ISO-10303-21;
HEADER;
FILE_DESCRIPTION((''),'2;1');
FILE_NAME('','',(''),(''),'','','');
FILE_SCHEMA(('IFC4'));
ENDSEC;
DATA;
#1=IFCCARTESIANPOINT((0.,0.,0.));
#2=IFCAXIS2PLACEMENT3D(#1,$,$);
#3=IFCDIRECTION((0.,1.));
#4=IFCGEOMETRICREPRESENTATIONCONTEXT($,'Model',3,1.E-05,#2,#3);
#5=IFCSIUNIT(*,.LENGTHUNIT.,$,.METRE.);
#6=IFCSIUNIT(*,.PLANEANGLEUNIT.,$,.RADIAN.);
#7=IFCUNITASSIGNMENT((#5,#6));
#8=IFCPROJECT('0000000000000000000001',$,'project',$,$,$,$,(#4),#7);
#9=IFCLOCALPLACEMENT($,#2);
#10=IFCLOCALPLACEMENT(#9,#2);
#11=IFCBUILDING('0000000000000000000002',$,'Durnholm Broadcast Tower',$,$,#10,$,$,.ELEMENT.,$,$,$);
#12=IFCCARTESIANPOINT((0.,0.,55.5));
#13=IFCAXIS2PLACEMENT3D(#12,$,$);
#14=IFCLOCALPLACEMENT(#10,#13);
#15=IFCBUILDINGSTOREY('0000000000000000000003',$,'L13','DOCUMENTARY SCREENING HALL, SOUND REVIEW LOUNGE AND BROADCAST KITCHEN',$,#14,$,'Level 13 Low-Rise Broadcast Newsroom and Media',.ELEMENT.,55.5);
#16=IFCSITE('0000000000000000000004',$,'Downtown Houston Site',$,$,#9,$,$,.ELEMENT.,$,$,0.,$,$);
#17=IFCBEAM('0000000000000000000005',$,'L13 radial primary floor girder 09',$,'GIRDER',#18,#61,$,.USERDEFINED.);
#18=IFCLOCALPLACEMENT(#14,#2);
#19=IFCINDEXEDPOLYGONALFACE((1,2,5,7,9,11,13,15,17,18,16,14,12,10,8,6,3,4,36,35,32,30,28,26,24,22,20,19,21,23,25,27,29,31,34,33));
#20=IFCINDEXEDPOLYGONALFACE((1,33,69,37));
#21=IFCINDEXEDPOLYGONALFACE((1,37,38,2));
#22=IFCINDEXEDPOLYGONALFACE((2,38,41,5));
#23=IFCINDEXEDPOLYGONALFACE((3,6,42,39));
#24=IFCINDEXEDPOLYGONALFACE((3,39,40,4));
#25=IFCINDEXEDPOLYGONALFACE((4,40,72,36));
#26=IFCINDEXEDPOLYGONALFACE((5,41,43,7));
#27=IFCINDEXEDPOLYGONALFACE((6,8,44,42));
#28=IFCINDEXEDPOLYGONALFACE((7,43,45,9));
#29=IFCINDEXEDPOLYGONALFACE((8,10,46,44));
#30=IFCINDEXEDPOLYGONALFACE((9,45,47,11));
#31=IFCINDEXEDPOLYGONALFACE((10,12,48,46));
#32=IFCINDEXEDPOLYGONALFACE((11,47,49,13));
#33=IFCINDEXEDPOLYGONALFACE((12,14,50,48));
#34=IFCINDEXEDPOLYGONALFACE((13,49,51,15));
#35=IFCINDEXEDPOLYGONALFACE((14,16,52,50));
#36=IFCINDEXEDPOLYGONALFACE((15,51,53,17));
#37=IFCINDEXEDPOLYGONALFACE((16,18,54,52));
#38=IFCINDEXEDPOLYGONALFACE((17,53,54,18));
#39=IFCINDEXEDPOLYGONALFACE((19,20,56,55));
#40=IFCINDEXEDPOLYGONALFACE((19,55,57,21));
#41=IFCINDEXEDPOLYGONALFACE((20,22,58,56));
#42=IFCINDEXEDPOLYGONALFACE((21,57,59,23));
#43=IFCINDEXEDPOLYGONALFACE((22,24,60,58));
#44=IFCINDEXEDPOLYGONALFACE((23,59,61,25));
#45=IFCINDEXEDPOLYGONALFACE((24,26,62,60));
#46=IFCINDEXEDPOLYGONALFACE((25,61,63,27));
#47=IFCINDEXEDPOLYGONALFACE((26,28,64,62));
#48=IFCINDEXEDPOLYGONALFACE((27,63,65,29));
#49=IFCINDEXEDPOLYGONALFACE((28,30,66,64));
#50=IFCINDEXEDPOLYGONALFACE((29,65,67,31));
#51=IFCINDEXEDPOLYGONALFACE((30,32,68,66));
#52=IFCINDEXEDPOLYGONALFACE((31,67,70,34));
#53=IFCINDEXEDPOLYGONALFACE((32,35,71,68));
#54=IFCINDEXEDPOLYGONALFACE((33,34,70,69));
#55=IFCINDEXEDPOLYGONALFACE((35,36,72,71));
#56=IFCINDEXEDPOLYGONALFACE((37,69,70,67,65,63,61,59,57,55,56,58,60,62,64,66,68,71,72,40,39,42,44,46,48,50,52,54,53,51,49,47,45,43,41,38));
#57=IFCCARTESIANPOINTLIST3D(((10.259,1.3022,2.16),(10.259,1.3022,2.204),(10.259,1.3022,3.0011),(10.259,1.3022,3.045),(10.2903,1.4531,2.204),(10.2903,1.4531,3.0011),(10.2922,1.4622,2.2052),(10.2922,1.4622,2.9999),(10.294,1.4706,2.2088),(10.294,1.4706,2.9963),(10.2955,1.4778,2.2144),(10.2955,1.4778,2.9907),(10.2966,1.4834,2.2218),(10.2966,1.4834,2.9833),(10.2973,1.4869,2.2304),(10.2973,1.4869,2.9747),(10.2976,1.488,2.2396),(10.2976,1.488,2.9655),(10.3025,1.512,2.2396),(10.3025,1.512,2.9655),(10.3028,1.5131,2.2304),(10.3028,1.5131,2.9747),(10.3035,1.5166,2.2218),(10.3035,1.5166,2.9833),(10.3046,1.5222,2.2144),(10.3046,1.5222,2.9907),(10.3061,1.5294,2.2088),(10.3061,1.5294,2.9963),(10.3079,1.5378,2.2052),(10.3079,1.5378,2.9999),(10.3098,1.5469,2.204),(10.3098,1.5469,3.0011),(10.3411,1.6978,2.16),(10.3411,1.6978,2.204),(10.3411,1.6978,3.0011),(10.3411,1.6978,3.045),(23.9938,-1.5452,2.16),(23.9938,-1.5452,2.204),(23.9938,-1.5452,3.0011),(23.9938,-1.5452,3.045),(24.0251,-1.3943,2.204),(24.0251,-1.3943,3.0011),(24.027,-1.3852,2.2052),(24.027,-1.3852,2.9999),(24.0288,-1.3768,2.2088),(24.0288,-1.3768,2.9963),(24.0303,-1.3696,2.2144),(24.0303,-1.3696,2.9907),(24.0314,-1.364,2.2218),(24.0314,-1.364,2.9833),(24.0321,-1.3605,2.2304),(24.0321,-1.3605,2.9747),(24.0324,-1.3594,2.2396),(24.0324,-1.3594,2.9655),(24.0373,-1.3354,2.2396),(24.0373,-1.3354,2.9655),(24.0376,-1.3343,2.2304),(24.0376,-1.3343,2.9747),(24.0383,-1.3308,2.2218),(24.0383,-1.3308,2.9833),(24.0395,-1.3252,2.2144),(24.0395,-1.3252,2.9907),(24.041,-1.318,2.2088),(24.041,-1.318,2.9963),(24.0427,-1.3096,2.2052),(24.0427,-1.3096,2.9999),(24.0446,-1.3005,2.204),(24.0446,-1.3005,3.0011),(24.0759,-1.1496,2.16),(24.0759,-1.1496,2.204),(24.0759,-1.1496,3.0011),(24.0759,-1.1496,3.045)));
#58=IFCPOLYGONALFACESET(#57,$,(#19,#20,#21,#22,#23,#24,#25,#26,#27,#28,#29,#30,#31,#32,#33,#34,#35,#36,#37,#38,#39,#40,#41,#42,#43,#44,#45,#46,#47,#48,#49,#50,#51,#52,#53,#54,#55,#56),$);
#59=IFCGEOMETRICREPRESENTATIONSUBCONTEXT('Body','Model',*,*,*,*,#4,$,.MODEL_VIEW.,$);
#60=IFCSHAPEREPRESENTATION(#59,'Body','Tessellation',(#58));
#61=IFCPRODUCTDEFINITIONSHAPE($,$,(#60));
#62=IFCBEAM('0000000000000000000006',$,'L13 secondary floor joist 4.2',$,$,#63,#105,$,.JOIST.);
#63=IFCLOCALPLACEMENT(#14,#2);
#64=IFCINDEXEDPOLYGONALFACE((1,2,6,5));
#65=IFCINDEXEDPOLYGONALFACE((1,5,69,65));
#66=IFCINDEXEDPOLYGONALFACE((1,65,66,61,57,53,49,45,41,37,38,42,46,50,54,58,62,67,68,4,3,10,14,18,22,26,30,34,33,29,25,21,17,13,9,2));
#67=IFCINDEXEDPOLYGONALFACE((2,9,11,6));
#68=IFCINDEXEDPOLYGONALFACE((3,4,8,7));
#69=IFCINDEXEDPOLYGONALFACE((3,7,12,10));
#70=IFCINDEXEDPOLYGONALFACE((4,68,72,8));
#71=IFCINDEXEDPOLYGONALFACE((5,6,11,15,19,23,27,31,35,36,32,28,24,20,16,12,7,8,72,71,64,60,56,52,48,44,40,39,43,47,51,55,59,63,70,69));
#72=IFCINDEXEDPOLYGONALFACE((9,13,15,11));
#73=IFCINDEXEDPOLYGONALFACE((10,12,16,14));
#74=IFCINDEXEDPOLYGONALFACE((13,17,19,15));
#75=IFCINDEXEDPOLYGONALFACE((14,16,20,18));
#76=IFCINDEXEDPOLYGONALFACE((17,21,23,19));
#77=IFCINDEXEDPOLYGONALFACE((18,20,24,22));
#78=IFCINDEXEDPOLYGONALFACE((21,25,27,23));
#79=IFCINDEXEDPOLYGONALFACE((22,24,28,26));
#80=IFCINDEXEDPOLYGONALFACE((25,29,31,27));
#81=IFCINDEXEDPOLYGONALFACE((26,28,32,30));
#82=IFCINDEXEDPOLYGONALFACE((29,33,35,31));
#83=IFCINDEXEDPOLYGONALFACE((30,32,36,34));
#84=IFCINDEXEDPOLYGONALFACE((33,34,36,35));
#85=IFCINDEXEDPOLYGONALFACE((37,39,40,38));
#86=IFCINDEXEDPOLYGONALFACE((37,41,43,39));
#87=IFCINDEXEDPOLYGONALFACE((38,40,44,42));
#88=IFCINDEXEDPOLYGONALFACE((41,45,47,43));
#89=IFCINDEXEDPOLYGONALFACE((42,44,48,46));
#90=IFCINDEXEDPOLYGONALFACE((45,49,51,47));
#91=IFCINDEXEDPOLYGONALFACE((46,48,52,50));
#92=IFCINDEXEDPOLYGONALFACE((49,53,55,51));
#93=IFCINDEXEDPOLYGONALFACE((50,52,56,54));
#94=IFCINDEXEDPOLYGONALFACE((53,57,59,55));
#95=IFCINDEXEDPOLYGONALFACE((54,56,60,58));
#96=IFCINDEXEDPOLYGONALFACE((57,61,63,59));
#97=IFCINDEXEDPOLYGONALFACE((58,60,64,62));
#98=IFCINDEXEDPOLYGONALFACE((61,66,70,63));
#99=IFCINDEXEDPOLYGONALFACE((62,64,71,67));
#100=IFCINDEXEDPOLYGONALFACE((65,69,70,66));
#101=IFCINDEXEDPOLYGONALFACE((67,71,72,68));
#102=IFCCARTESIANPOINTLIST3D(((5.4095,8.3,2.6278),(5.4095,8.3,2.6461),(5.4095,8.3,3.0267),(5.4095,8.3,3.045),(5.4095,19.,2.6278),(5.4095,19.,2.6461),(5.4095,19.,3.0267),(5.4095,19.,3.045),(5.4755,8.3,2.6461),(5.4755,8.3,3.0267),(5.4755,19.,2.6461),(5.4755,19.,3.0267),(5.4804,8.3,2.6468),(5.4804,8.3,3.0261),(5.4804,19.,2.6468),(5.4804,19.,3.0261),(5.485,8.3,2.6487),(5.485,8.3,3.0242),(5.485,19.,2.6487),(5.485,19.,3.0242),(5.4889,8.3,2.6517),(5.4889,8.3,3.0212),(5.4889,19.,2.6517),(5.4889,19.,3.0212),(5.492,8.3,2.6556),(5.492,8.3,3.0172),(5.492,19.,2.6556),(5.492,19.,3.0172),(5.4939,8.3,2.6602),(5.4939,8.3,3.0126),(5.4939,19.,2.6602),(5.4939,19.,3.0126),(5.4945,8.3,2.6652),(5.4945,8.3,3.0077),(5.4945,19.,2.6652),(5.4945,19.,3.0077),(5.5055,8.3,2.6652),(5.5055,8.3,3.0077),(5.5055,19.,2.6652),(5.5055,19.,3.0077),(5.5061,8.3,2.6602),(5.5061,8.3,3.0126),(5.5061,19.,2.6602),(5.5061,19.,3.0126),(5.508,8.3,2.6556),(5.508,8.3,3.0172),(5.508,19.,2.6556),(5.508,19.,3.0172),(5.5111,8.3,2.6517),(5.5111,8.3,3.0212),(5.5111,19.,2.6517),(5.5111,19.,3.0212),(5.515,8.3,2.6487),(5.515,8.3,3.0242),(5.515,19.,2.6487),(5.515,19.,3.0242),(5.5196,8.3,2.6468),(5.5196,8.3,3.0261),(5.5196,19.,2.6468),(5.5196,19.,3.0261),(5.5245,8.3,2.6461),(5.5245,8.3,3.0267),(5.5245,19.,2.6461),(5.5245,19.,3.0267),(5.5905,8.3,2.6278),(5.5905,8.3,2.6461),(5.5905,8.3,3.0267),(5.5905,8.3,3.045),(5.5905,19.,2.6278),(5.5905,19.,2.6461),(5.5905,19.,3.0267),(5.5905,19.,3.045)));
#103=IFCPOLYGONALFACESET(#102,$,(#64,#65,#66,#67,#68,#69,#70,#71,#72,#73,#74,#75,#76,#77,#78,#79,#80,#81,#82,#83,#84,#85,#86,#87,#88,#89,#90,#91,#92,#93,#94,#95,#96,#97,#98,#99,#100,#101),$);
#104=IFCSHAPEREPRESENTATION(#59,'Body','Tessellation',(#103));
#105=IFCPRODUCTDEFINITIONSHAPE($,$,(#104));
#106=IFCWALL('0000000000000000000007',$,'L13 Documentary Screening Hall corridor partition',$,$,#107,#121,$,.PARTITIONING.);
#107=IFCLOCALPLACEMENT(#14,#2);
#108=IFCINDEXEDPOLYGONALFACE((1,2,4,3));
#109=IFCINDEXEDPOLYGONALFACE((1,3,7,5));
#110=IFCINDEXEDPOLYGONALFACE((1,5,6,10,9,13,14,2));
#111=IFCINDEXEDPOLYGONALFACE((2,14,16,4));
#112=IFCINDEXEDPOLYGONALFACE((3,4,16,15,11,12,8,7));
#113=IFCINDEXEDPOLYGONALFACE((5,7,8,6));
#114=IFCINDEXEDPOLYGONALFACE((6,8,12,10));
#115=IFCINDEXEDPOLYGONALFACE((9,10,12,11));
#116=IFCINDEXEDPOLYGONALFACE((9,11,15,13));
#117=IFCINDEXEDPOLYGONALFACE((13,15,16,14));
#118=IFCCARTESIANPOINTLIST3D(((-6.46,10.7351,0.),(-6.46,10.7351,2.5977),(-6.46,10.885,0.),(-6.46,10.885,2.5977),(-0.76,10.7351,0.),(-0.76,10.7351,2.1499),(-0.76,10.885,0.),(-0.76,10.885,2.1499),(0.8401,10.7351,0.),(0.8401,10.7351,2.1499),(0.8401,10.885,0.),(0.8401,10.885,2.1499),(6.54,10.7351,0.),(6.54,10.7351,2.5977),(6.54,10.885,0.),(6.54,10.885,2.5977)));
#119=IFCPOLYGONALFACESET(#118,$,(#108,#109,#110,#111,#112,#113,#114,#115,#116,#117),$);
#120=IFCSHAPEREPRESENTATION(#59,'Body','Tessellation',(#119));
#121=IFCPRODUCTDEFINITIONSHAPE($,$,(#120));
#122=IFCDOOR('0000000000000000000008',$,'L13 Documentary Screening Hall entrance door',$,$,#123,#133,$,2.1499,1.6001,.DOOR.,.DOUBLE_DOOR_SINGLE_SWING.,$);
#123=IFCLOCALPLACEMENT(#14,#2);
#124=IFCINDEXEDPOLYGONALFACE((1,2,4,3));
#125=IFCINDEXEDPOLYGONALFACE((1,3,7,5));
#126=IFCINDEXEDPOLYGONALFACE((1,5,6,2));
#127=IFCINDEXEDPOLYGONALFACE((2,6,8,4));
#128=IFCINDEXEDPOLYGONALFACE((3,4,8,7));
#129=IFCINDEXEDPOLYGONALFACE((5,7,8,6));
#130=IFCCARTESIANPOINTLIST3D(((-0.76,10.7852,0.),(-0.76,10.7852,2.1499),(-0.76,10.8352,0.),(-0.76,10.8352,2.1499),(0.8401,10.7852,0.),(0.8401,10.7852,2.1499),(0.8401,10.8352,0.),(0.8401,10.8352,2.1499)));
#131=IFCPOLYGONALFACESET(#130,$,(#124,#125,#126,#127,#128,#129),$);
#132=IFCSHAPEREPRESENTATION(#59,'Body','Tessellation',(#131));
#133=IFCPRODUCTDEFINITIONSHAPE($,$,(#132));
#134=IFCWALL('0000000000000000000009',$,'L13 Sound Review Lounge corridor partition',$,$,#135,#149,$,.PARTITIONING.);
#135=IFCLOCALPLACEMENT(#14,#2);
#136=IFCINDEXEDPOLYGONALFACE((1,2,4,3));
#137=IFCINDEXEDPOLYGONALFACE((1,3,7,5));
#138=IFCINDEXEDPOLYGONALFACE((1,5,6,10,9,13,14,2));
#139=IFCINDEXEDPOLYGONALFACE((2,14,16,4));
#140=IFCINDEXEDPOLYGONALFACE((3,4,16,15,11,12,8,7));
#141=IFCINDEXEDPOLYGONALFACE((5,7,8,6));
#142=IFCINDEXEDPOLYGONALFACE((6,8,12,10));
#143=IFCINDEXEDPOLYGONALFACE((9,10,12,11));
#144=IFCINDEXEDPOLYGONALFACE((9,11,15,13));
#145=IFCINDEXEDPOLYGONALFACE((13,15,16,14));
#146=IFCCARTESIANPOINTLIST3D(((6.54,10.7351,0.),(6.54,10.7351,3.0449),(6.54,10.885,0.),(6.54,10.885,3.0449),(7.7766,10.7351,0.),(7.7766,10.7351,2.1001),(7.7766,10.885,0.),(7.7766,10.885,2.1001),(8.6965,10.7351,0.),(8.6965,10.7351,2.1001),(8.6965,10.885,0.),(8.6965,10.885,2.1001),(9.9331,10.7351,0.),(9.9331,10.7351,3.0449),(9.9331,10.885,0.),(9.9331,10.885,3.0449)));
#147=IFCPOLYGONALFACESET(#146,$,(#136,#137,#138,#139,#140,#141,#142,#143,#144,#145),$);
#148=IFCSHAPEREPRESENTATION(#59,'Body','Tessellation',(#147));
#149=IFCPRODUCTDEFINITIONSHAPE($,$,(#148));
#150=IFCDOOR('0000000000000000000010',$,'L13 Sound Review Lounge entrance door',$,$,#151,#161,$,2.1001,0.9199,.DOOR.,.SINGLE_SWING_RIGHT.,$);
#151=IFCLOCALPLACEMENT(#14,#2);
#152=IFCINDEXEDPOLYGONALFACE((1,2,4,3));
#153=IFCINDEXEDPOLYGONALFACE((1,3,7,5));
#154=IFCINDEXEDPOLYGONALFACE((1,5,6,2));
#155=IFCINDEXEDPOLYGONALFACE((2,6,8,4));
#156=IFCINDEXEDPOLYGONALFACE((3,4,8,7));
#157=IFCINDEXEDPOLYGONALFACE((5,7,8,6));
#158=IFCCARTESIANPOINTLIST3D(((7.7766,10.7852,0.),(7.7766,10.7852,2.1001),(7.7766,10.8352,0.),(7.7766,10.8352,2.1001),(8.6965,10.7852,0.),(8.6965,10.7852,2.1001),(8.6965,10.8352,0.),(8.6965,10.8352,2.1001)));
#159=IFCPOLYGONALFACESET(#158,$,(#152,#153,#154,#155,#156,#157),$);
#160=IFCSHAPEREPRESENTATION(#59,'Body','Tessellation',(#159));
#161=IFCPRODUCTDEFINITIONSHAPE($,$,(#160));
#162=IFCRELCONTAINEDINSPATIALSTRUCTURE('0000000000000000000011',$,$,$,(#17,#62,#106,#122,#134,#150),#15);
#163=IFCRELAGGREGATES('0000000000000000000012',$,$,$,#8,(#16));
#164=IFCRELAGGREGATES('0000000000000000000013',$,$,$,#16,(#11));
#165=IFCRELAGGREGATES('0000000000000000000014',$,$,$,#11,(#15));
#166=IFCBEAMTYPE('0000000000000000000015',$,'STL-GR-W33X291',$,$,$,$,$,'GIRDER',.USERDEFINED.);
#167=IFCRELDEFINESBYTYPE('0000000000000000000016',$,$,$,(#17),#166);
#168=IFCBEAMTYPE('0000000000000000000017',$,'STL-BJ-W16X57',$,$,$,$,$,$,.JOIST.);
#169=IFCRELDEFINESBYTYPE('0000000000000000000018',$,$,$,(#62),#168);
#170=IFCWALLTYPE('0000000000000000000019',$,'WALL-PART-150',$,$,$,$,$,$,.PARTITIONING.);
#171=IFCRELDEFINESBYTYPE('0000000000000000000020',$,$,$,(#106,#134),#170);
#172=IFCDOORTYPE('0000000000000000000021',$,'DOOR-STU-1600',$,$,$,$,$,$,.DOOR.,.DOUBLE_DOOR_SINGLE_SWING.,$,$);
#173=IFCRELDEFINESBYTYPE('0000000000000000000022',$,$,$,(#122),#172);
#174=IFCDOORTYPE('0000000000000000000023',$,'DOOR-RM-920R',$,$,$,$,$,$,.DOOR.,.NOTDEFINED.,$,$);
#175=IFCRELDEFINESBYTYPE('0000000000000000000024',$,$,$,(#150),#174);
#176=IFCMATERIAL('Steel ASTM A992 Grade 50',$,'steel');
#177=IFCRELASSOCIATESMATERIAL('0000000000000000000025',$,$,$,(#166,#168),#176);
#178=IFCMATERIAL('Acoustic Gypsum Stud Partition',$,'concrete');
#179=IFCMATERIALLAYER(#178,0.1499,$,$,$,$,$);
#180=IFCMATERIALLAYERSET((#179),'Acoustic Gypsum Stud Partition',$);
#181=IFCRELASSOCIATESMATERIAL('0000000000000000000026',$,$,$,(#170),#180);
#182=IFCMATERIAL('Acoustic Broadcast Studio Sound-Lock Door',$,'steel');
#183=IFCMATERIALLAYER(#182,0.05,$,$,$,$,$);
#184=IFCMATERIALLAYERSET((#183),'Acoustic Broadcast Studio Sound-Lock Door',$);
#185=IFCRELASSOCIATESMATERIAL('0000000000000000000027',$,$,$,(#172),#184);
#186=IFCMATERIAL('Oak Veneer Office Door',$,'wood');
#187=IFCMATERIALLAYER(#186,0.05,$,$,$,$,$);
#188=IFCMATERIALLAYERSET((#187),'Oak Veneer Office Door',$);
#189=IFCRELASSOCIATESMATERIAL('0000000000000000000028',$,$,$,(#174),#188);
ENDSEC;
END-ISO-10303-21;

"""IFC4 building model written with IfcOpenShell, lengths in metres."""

from ifc_helpers import new_model, si_unit, direction, frame, frame_2d, origin, origin_2d, place, context, subcontext, project, spatial, rectangle, i_section, extrude, source, transform, mapped, material, layer, layer_set, material_profile, profile_set, type_object, type_shapes, element, fill, save


model = new_model("IFC4")

# Units and contexts
model_context = context("Model", 3, precision=1e-05, world=origin(), true_north=direction((0.0, 1.0)))
body_context = subcontext(model_context, "Body", "Model", "MODEL_VIEW")
ifc_project = project(units=[si_unit("LENGTHUNIT", "METRE"), si_unit("PLANEANGLEUNIT", "RADIAN")], contexts=[model_context])

# Site, building, storey
site_placement = place(None, origin())
site = spatial("IfcSite", under=ifc_project, at=site_placement, Name="Downtown Houston Site", CompositionType="ELEMENT", RefElevation=0.0)
building_placement = place(site_placement, origin())
building = spatial("IfcBuilding", under=site, at=building_placement, Name="Durnholm Broadcast Tower", CompositionType="ELEMENT")
storey_placement = place(building_placement, frame((0.0, 0.0, 55.5)))
storey = spatial("IfcBuildingStorey", under=building, at=storey_placement, Name="L13", Description="DOCUMENTARY SCREENING HALL, SOUND REVIEW LOUNGE AND BROADCAST KITCHEN", LongName="Level 13 Low-Rise Broadcast Newsroom and Media", CompositionType="ELEMENT", Elevation=55.5)

# Beams
ifc_material_1 = material(Name="Steel ASTM A992 Grade 50", Category="steel")
ifc_material_profile_1 = material_profile(ifc_material_1, i_section(OverallWidth=0.4041, OverallDepth=0.885, WebThickness=0.0244, FlangeThickness=0.0439, FilletRadius=0.0356, at=origin_2d()), Name="W33X291")
ifc_profile_set_1 = profile_set([ifc_material_profile_1], Name="Steel ASTM A992 Grade 50")
beam_type_1 = type_object("IfcBeamType", Name="STL-GR-W33X291", ElementType="GIRDER", PredefinedType="USERDEFINED", material=ifc_profile_set_1)
shared_shape_1 = source(origin(), body_context, "Body", "SweptSolid", [
    extrude(i_section(OverallWidth=0.4041, OverallDepth=0.885, WebThickness=0.0244, FlangeThickness=0.0439, FilletRadius=0.0356, at=origin_2d()), origin(), (0.0, 0.0, 1.0), 14.0269),
])
beam_1_placement = place(storey_placement, frame((10.3, 1.5, 2.6025), z_axis=(0.979179, -0.202996, 0.0), x_axis=(0.202996, 0.979179, 0.0)))
element("IfcBeam", 1, at=beam_1_placement, inside=storey, type_object=beam_type_1, Name="L13 radial primary floor girder 09", ObjectType="GIRDER", PredefinedType="USERDEFINED", context=body_context, shape_type="MappedRepresentation", body=[
    mapped(shared_shape_1, transform((0.0, 0.0, 0.0), x_axis=(1.0, 0.0, 0.0), y_axis=(0.0, 1.0, 0.0), z_axis=(0.0, 0.0, 1.0), scale=1.0)),
])
ifc_material_profile_2 = material_profile(ifc_material_1, i_section(OverallWidth=0.1809, OverallDepth=0.4172, WebThickness=0.011, FlangeThickness=0.0183, FilletRadius=0.019, at=origin_2d()), Name="W16X57")
ifc_profile_set_2 = profile_set([ifc_material_profile_2], Name="Steel ASTM A992 Grade 50")
beam_type_2 = type_object("IfcBeamType", Name="STL-BJ-W16X57", PredefinedType="JOIST", material=ifc_profile_set_2)
shared_shape_2 = source(origin(), body_context, "Body", "SweptSolid", [
    extrude(i_section(OverallWidth=0.1809, OverallDepth=0.4172, WebThickness=0.011, FlangeThickness=0.0183, FilletRadius=0.019, at=origin_2d()), origin(), (0.0, 0.0, 1.0), 10.7),
])
type_shapes(beam_type_2, [shared_shape_2])
beam_2_placement = place(storey_placement, frame((5.5, 8.3, 2.8364), z_axis=(0.0, 1.0, 0.0), x_axis=(-1.0, 0.0, 0.0)))
element("IfcBeam", 2, at=beam_2_placement, inside=storey, type_object=beam_type_2, Name="L13 secondary floor joist 4.2", PredefinedType="JOIST", context=body_context, shape_type="MappedRepresentation", body=[
    mapped(shared_shape_2, transform((0.0, 0.0, 0.0), x_axis=(1.0, 0.0, 0.0), y_axis=(0.0, 1.0, 0.0), z_axis=(0.0, 0.0, 1.0), scale=1.0)),
])

# Walls, openings, doors
ifc_material_2 = material(Name="Acoustic Gypsum Stud Partition", Category="concrete")
ifc_layer_1 = layer(ifc_material_2, 0.1499)
ifc_layer_set_1 = layer_set([ifc_layer_1], Name="Acoustic Gypsum Stud Partition")
wall_type_1 = type_object("IfcWallType", Name="WALL-PART-150", PredefinedType="PARTITIONING", material=ifc_layer_set_1)
wall_1_placement = place(storey_placement, frame((6.54, 10.8101, 0.0), z_axis=(0.0, 0.0, 1.0), x_axis=(-1.0, 0.0, 0.0)))
wall_1 = element("IfcWall", 3, at=wall_1_placement, inside=storey, type_object=wall_type_1, Name="L13 Documentary Screening Hall corridor partition", PredefinedType="PARTITIONING", context=body_context, shape_type="SweptSolid", body=[
    extrude(rectangle(XDim=13.0, YDim=0.1499, at=frame_2d((6.5, 0.0))), origin(), (0.0, 0.0, 1.0), 2.5977),
])
opening_1_placement = place(wall_1_placement, frame((5.7, 0.0, 0.0)))
opening_1 = element("IfcOpeningElement", 4, at=opening_1_placement, cuts=wall_1, PredefinedType="OPENING", context=body_context, shape_type="SweptSolid", body=[
    extrude(rectangle(XDim=1.6001, YDim=2.1499, at=frame_2d((0.8, 1.075))), frame((0.0, 0.085, 0.0), z_axis=(0.0, -1.0, 0.0), x_axis=(1.0, 0.0, 0.0)), (0.0, 0.0, 1.0), 0.1699),
])
ifc_material_3 = material(Name="Acoustic Broadcast Studio Sound-Lock Door", Category="steel")
ifc_layer_2 = layer(ifc_material_3, 0.05)
ifc_layer_set_2 = layer_set([ifc_layer_2], Name="Acoustic Broadcast Studio Sound-Lock Door")
door_type_1 = type_object("IfcDoorType", Name="DOOR-STU-1600", OperationType="DOUBLE_DOOR_SINGLE_SWING", PredefinedType="DOOR", material=ifc_layer_set_2)
shared_shape_3 = source(origin(), body_context, "Body", "SweptSolid", [
    extrude(rectangle(XDim=1.6001, YDim=2.1499, at=frame_2d((0.8, 1.075))), frame((0.0, 0.0249, 0.0), z_axis=(0.0, -1.0, 0.0), x_axis=(1.0, 0.0, 0.0)), (0.0, 0.0, 1.0), 0.05),
])
type_shapes(door_type_1, [shared_shape_3])
door_1_placement = place(opening_1_placement, origin())
door_1 = element("IfcDoor", 5, at=door_1_placement, inside=storey, type_object=door_type_1, Name="L13 Documentary Screening Hall entrance door", OperationType="DOUBLE_DOOR_SINGLE_SWING", OverallHeight=2.1499, OverallWidth=1.6001, PredefinedType="DOOR", context=body_context, shape_type="MappedRepresentation", body=[
    mapped(shared_shape_3, transform((0.0, 0.0, 0.0), x_axis=(1.0, 0.0, 0.0), y_axis=(0.0, 1.0, 0.0), z_axis=(0.0, 0.0, 1.0), scale=1.0)),
])
fill(opening_1, door_1)
wall_2_placement = place(storey_placement, frame((9.9331, 10.8101, 0.0), z_axis=(0.0, 0.0, 1.0), x_axis=(-1.0, 0.0, 0.0)))
wall_2 = element("IfcWall", 6, at=wall_2_placement, inside=storey, type_object=wall_type_1, Name="L13 Sound Review Lounge corridor partition", PredefinedType="PARTITIONING", context=body_context, shape_type="SweptSolid", body=[
    extrude(rectangle(XDim=3.3931, YDim=0.1499, at=frame_2d((1.6965, 0.0))), origin(), (0.0, 0.0, 1.0), 3.0449),
])
opening_2_placement = place(wall_2_placement, frame((1.2366, 0.0, 0.0)))
opening_2 = element("IfcOpeningElement", 7, at=opening_2_placement, cuts=wall_2, PredefinedType="OPENING", context=body_context, shape_type="SweptSolid", body=[
    extrude(rectangle(XDim=0.9199, YDim=2.1001, at=frame_2d((0.46, 1.05))), frame((0.0, 0.085, 0.0), z_axis=(0.0, -1.0, 0.0), x_axis=(1.0, 0.0, 0.0)), (0.0, 0.0, 1.0), 0.1699),
])
ifc_material_4 = material(Name="Oak Veneer Office Door", Category="wood")
ifc_layer_3 = layer(ifc_material_4, 0.05)
ifc_layer_set_3 = layer_set([ifc_layer_3], Name="Oak Veneer Office Door")
door_type_2 = type_object("IfcDoorType", Name="DOOR-RM-920R", OperationType="NOTDEFINED", PredefinedType="DOOR", material=ifc_layer_set_3)
shared_shape_4 = source(origin(), body_context, "Body", "SweptSolid", [
    extrude(rectangle(XDim=0.9199, YDim=2.1001, at=frame_2d((0.46, 1.05))), frame((0.0, 0.0249, 0.0), z_axis=(0.0, -1.0, 0.0), x_axis=(1.0, 0.0, 0.0)), (0.0, 0.0, 1.0), 0.05),
])
type_shapes(door_type_2, [shared_shape_4])
door_2_placement = place(opening_2_placement, origin())
door_2 = element("IfcDoor", 8, at=door_2_placement, inside=storey, type_object=door_type_2, Name="L13 Sound Review Lounge entrance door", OperationType="SINGLE_SWING_RIGHT", OverallHeight=2.1001, OverallWidth=0.9199, PredefinedType="DOOR", context=body_context, shape_type="MappedRepresentation", body=[
    mapped(shared_shape_4, transform((0.0, 0.0, 0.0), x_axis=(1.0, 0.0, 0.0), y_axis=(0.0, 1.0, 0.0), z_axis=(0.0, 0.0, 1.0), scale=1.0)),
])
fill(opening_2, door_2)

save(model, "model.ifc")
